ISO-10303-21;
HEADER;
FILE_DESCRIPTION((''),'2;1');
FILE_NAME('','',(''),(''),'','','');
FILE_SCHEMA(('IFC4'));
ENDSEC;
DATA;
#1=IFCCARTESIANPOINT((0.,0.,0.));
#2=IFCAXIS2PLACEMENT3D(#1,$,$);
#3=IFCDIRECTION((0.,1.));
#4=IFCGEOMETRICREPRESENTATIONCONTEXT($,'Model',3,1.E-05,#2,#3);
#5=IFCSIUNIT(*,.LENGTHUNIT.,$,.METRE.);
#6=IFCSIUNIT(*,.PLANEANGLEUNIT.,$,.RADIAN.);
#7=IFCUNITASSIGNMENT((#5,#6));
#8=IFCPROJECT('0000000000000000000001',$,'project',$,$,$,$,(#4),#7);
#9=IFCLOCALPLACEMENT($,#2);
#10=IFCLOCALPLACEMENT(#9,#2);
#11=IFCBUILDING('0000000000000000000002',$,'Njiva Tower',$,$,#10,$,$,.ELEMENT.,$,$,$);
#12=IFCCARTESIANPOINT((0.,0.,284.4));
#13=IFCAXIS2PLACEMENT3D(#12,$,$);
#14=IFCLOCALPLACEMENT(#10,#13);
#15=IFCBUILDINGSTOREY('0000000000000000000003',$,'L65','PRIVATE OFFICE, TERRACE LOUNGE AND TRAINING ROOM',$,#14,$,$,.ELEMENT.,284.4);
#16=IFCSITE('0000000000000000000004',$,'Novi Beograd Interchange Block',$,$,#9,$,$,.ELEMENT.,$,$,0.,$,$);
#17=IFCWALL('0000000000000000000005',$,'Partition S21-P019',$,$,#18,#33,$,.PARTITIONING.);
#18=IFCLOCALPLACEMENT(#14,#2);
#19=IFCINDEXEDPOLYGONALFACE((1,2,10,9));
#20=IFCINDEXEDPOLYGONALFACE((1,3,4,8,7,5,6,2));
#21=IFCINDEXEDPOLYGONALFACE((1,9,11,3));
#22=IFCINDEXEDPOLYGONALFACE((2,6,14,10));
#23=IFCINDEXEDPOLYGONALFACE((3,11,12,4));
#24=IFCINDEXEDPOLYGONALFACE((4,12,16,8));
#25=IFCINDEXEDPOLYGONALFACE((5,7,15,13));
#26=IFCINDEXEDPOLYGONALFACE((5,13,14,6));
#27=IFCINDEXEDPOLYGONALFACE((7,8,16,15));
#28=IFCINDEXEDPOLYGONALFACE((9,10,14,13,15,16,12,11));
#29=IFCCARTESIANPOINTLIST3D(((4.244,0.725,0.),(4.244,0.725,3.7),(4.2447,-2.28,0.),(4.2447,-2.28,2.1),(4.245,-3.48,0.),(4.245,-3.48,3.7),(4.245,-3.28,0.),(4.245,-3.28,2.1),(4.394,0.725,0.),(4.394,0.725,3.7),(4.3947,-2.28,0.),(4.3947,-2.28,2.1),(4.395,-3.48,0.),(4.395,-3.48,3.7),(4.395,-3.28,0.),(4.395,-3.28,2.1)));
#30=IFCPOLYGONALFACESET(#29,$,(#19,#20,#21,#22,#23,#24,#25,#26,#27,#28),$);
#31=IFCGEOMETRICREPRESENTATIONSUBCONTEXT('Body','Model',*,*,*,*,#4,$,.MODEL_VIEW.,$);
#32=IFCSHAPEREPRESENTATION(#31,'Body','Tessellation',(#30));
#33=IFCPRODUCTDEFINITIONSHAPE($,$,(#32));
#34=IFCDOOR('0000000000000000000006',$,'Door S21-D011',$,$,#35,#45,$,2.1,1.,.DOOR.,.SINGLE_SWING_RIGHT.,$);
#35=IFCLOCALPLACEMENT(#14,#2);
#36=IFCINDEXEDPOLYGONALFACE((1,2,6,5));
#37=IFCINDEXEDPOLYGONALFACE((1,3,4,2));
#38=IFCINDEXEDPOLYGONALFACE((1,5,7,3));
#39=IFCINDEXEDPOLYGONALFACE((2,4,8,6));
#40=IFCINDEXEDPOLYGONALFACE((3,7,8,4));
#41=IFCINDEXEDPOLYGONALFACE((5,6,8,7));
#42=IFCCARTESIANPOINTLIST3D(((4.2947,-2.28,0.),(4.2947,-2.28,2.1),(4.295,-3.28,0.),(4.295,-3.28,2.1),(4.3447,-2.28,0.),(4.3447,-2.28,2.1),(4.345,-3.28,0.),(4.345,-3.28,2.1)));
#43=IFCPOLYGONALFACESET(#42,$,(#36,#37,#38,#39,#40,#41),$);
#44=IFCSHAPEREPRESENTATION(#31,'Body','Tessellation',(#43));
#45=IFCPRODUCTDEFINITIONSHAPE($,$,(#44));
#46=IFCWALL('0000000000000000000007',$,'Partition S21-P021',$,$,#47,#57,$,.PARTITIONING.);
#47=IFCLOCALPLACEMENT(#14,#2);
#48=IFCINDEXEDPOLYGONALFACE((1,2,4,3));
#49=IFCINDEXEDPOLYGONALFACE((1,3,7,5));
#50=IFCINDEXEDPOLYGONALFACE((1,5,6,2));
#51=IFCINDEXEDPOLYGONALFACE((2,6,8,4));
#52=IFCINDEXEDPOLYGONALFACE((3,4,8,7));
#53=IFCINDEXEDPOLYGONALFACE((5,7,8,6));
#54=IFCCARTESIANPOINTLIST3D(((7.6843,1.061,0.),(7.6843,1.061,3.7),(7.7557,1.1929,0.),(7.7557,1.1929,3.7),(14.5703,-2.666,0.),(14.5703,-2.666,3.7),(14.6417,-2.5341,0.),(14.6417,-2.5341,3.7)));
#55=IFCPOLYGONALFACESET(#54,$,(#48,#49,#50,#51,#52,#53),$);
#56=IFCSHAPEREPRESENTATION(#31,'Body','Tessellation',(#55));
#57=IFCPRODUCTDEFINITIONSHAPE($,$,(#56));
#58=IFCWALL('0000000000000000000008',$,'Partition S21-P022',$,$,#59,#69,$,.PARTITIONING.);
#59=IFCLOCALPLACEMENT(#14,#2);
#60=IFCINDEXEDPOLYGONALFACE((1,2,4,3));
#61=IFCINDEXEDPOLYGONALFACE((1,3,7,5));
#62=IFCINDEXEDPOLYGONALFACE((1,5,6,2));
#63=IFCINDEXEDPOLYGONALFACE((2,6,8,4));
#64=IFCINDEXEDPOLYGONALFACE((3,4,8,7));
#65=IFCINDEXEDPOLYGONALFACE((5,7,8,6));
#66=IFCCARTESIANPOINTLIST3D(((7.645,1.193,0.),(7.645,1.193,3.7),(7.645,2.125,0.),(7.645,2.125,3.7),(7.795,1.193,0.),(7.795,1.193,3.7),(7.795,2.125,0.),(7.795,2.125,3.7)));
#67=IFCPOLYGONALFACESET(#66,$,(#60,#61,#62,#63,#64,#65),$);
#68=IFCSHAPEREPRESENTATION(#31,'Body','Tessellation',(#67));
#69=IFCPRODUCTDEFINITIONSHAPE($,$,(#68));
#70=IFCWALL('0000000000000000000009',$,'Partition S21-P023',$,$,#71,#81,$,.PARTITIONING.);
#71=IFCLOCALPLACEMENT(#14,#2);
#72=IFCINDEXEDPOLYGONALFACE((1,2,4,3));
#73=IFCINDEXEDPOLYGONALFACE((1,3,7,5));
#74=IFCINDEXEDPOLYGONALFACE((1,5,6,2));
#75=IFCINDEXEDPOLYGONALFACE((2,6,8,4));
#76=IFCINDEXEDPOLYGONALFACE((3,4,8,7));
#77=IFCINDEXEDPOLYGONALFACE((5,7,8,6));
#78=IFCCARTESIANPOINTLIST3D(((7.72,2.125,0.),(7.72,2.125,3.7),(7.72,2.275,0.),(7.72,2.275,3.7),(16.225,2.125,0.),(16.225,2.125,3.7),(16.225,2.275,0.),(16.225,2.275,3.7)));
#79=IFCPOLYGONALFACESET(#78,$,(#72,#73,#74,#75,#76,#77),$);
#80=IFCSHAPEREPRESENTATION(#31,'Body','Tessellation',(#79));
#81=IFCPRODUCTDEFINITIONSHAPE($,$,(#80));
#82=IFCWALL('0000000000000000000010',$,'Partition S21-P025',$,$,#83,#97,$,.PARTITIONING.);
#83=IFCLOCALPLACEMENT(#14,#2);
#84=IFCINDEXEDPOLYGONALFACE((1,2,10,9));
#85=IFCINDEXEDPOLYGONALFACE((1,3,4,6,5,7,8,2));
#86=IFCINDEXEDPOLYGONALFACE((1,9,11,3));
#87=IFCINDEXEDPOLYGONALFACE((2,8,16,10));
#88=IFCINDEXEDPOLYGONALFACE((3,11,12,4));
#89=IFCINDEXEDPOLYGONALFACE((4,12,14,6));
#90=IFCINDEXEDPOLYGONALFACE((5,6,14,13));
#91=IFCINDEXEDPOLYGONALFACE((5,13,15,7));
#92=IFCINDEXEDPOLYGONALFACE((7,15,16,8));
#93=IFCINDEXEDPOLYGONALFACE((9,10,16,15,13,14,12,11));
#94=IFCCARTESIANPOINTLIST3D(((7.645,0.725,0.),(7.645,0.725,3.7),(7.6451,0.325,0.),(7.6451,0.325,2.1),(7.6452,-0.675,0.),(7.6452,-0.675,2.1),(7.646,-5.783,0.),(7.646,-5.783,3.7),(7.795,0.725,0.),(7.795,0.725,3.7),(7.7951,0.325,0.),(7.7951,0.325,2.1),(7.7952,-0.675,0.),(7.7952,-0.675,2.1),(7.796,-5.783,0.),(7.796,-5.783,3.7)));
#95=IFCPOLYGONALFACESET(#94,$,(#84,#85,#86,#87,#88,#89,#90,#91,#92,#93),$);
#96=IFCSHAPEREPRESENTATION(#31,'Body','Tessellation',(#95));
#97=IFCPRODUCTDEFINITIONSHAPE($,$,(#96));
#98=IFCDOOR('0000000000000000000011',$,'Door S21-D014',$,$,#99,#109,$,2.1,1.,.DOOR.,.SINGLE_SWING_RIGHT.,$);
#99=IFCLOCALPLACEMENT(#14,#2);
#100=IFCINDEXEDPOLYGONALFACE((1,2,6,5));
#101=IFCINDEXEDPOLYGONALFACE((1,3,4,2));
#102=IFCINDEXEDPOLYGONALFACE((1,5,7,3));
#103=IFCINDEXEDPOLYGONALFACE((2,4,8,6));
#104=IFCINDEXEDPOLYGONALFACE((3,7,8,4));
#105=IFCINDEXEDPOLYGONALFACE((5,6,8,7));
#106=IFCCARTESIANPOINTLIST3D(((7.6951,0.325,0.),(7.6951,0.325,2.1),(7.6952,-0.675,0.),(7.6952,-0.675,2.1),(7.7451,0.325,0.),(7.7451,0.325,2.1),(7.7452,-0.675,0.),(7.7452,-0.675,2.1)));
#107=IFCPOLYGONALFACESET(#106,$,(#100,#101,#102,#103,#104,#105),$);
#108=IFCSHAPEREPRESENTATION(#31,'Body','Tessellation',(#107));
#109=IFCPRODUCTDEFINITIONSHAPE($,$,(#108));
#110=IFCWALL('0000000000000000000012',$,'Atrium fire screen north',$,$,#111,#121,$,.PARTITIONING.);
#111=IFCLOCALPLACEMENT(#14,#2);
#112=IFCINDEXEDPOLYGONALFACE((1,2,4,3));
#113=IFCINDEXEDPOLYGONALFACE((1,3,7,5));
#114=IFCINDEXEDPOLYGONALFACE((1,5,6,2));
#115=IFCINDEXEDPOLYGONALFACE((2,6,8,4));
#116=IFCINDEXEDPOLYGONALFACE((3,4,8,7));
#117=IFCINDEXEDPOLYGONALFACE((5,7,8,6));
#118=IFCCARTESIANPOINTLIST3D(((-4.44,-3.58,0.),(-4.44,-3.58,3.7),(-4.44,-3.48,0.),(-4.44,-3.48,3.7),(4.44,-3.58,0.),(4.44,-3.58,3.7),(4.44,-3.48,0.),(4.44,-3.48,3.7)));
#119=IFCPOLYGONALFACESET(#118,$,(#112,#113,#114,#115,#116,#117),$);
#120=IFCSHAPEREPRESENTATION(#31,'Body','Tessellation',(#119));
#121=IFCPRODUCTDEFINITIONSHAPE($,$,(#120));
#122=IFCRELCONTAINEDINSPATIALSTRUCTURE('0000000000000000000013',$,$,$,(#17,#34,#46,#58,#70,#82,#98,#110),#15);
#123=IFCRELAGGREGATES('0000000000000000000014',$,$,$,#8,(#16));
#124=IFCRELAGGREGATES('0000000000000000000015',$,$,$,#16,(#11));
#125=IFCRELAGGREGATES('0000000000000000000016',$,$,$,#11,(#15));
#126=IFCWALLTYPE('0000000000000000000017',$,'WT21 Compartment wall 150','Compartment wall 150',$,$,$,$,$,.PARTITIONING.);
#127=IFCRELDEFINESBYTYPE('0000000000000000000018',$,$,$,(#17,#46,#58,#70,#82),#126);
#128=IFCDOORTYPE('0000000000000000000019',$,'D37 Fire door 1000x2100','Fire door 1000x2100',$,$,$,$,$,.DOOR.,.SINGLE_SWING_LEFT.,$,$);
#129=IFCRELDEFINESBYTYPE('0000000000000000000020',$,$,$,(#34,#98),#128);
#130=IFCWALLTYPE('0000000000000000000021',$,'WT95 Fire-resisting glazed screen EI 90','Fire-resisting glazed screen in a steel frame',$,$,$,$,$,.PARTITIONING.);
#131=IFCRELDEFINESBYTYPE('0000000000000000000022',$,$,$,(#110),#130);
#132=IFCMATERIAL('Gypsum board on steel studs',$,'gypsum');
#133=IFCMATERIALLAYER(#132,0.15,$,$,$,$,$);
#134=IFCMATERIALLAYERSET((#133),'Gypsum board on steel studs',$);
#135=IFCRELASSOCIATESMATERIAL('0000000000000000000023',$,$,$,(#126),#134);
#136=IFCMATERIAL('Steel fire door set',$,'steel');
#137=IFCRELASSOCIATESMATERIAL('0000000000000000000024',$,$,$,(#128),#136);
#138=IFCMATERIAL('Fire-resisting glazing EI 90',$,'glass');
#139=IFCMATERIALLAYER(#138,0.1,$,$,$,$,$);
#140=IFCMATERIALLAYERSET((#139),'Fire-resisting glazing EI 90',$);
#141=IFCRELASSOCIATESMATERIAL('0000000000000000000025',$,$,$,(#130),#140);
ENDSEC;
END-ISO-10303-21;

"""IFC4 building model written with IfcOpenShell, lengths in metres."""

from ifc_helpers import new_model, si_unit, direction, frame, frame_2d, origin, place, context, subcontext, project, spatial, rectangle, extrude, material, layer, layer_set, type_object, element, fill, save


model = new_model("IFC4")

# Units and contexts
model_context = context("Model", 3, precision=1e-05, world=origin(), true_north=direction((0.0, 1.0)))
body_context = subcontext(model_context, "Body", "Model", "MODEL_VIEW")
ifc_project = project(units=[si_unit("LENGTHUNIT", "METRE"), si_unit("PLANEANGLEUNIT", "RADIAN")], contexts=[model_context])

# Site, building, storey
site_placement = place(None, origin())
site = spatial("IfcSite", under=ifc_project, at=site_placement, Name="Novi Beograd Interchange Block", CompositionType="ELEMENT", RefElevation=0.0)
building_placement = place(site_placement, origin())
building = spatial("IfcBuilding", under=site, at=building_placement, Name="Njiva Tower", CompositionType="ELEMENT")
storey_placement = place(building_placement, frame((0.0, 0.0, 284.4)))
storey = spatial("IfcBuildingStorey", under=building, at=storey_placement, Name="L65", Description="PRIVATE OFFICE, TERRACE LOUNGE AND TRAINING ROOM", CompositionType="ELEMENT", Elevation=284.4)

# Wall, opening, door
ifc_material_1 = material(Name="Gypsum board on steel studs", Category="gypsum")
ifc_layer_1 = layer(ifc_material_1, 0.15)
ifc_layer_set_1 = layer_set([ifc_layer_1], Name="Gypsum board on steel studs")
wall_type_1 = type_object("IfcWallType", Name="WT21 Compartment wall 150", Description="Compartment wall 150", PredefinedType="PARTITIONING", material=ifc_layer_set_1)
wall_1_placement = place(storey_placement, frame((4.319, 0.725, 0.0), z_axis=(0.0, 0.0, 1.0), x_axis=(0.000238, -1.0, 0.0)))
wall_1 = element("IfcWall", 1, at=wall_1_placement, inside=storey, type_object=wall_type_1, Name="Partition S21-P019", PredefinedType="PARTITIONING", context=body_context, shape_type="SweptSolid", body=[
    extrude(rectangle(XDim=4.205, YDim=0.15, at=frame_2d((2.1025, 0.0))), origin(), (0.0, 0.0, 1.0), 3.7),
])
opening_1_placement = place(wall_1_placement, frame((3.005, 0.0, 0.0)))
opening_1 = element("IfcOpeningElement", 2, at=opening_1_placement, cuts=wall_1, PredefinedType="OPENING", context=body_context, shape_type="SweptSolid", body=[
    extrude(rectangle(XDim=1.0, YDim=2.1, at=frame_2d((0.5, 1.05))), frame((0.0, 0.085, 0.0), z_axis=(0.0, -1.0, 0.0), x_axis=(1.0, 0.0, 0.0)), (0.0, 0.0, 1.0), 0.17),
])
ifc_material_2 = material(Name="Steel fire door set", Category="steel")
door_type = type_object("IfcDoorType", Name="D37 Fire door 1000x2100", Description="Fire door 1000x2100", OperationType="SINGLE_SWING_LEFT", PredefinedType="DOOR", material=ifc_material_2)
door_1_placement = place(opening_1_placement, origin())
door_1 = element("IfcDoor", 3, at=door_1_placement, inside=storey, type_object=door_type, Name="Door S21-D011", OperationType="SINGLE_SWING_RIGHT", OverallHeight=2.1, OverallWidth=1.0, PredefinedType="DOOR", context=body_context, shape_type="SweptSolid", body=[
    extrude(rectangle(XDim=1.0, YDim=2.1, at=frame_2d((0.5, 1.05))), frame((0.0, 0.025, 0.0), z_axis=(0.0, -1.0, 0.0), x_axis=(1.0, 0.0, 0.0)), (0.0, 0.0, 1.0), 0.05),
])
fill(opening_1, door_1)

# Walls
wall_2_placement = place(storey_placement, frame((7.72, 1.127, 0.0), z_axis=(0.0, 0.0, 1.0), x_axis=(0.879448, -0.475995, 0.0)))
element("IfcWall", 4, at=wall_2_placement, inside=storey, type_object=wall_type_1, Name="Partition S21-P021", PredefinedType="PARTITIONING", context=body_context, shape_type="SweptSolid", body=[
    extrude(rectangle(XDim=7.8299, YDim=0.15, at=frame_2d((3.915, 0.0))), origin(), (0.0, 0.0, 1.0), 3.7),
])
wall_3_placement = place(storey_placement, frame((7.72, 1.193, 0.0), z_axis=(0.0, 0.0, 1.0), x_axis=(0.0, 1.0, 0.0)))
element("IfcWall", 5, at=wall_3_placement, inside=storey, type_object=wall_type_1, Name="Partition S21-P022", PredefinedType="PARTITIONING", context=body_context, shape_type="SweptSolid", body=[
    extrude(rectangle(XDim=0.932, YDim=0.15, at=frame_2d((0.466, 0.0))), origin(), (0.0, 0.0, 1.0), 3.7),
])
wall_4_placement = place(storey_placement, frame((7.72, 2.2, 0.0), z_axis=(0.0, 0.0, 1.0), x_axis=(1.0, 0.0, 0.0)))
element("IfcWall", 6, at=wall_4_placement, inside=storey, type_object=wall_type_1, Name="Partition S21-P023", PredefinedType="PARTITIONING", context=body_context, shape_type="SweptSolid", body=[
    extrude(rectangle(XDim=8.505, YDim=0.15, at=frame_2d((4.2525, 0.0))), origin(), (0.0, 0.0, 1.0), 3.7),
])

# Wall, opening, door
wall_5_placement = place(storey_placement, frame((7.72, 0.725, 0.0), z_axis=(0.0, 0.0, 1.0), x_axis=(0.000154, -1.0, 0.0)))
wall_5 = element("IfcWall", 7, at=wall_5_placement, inside=storey, type_object=wall_type_1, Name="Partition S21-P025", PredefinedType="PARTITIONING", context=body_context, shape_type="SweptSolid", body=[
    extrude(rectangle(XDim=6.508, YDim=0.15, at=frame_2d((3.254, 0.0))), origin(), (0.0, 0.0, 1.0), 3.7),
])
opening_2_placement = place(wall_5_placement, frame((0.4, 0.0, 0.0)))
opening_2 = element("IfcOpeningElement", 8, at=opening_2_placement, cuts=wall_5, PredefinedType="OPENING", context=body_context, shape_type="SweptSolid", body=[
    extrude(rectangle(XDim=1.0, YDim=2.1, at=frame_2d((0.5, 1.05))), frame((0.0, 0.085, 0.0), z_axis=(0.0, -1.0, 0.0), x_axis=(1.0, 0.0, 0.0)), (0.0, 0.0, 1.0), 0.17),
])
door_2_placement = place(opening_2_placement, origin())
door_2 = element("IfcDoor", 9, at=door_2_placement, inside=storey, type_object=door_type, Name="Door S21-D014", OperationType="SINGLE_SWING_RIGHT", OverallHeight=2.1, OverallWidth=1.0, PredefinedType="DOOR", context=body_context, shape_type="SweptSolid", body=[
    extrude(rectangle(XDim=1.0, YDim=2.1, at=frame_2d((0.5, 1.05))), frame((0.0, 0.025, 0.0), z_axis=(0.0, -1.0, 0.0), x_axis=(1.0, 0.0, 0.0)), (0.0, 0.0, 1.0), 0.05),
])
fill(opening_2, door_2)

# Wall
ifc_material_3 = material(Name="Fire-resisting glazing EI 90", Category="glass")
ifc_layer_2 = layer(ifc_material_3, 0.1)
ifc_layer_set_2 = layer_set([ifc_layer_2], Name="Fire-resisting glazing EI 90")
wall_type_2 = type_object("IfcWallType", Name="WT95 Fire-resisting glazed screen EI 90", Description="Fire-resisting glazed screen in a steel frame", PredefinedType="PARTITIONING", material=ifc_layer_set_2)
wall_6_placement = place(storey_placement, frame((4.44, -3.53, 0.0), z_axis=(0.0, 0.0, 1.0), x_axis=(-1.0, 0.0, 0.0)))
element("IfcWall", 10, at=wall_6_placement, inside=storey, type_object=wall_type_2, Name="Atrium fire screen north", PredefinedType="PARTITIONING", context=body_context, shape_type="SweptSolid", body=[
    extrude(rectangle(XDim=8.88, YDim=0.1, at=frame_2d((4.44, 0.0))), origin(), (0.0, 0.0, 1.0), 3.7),
])

save(model, "model.ifc")
